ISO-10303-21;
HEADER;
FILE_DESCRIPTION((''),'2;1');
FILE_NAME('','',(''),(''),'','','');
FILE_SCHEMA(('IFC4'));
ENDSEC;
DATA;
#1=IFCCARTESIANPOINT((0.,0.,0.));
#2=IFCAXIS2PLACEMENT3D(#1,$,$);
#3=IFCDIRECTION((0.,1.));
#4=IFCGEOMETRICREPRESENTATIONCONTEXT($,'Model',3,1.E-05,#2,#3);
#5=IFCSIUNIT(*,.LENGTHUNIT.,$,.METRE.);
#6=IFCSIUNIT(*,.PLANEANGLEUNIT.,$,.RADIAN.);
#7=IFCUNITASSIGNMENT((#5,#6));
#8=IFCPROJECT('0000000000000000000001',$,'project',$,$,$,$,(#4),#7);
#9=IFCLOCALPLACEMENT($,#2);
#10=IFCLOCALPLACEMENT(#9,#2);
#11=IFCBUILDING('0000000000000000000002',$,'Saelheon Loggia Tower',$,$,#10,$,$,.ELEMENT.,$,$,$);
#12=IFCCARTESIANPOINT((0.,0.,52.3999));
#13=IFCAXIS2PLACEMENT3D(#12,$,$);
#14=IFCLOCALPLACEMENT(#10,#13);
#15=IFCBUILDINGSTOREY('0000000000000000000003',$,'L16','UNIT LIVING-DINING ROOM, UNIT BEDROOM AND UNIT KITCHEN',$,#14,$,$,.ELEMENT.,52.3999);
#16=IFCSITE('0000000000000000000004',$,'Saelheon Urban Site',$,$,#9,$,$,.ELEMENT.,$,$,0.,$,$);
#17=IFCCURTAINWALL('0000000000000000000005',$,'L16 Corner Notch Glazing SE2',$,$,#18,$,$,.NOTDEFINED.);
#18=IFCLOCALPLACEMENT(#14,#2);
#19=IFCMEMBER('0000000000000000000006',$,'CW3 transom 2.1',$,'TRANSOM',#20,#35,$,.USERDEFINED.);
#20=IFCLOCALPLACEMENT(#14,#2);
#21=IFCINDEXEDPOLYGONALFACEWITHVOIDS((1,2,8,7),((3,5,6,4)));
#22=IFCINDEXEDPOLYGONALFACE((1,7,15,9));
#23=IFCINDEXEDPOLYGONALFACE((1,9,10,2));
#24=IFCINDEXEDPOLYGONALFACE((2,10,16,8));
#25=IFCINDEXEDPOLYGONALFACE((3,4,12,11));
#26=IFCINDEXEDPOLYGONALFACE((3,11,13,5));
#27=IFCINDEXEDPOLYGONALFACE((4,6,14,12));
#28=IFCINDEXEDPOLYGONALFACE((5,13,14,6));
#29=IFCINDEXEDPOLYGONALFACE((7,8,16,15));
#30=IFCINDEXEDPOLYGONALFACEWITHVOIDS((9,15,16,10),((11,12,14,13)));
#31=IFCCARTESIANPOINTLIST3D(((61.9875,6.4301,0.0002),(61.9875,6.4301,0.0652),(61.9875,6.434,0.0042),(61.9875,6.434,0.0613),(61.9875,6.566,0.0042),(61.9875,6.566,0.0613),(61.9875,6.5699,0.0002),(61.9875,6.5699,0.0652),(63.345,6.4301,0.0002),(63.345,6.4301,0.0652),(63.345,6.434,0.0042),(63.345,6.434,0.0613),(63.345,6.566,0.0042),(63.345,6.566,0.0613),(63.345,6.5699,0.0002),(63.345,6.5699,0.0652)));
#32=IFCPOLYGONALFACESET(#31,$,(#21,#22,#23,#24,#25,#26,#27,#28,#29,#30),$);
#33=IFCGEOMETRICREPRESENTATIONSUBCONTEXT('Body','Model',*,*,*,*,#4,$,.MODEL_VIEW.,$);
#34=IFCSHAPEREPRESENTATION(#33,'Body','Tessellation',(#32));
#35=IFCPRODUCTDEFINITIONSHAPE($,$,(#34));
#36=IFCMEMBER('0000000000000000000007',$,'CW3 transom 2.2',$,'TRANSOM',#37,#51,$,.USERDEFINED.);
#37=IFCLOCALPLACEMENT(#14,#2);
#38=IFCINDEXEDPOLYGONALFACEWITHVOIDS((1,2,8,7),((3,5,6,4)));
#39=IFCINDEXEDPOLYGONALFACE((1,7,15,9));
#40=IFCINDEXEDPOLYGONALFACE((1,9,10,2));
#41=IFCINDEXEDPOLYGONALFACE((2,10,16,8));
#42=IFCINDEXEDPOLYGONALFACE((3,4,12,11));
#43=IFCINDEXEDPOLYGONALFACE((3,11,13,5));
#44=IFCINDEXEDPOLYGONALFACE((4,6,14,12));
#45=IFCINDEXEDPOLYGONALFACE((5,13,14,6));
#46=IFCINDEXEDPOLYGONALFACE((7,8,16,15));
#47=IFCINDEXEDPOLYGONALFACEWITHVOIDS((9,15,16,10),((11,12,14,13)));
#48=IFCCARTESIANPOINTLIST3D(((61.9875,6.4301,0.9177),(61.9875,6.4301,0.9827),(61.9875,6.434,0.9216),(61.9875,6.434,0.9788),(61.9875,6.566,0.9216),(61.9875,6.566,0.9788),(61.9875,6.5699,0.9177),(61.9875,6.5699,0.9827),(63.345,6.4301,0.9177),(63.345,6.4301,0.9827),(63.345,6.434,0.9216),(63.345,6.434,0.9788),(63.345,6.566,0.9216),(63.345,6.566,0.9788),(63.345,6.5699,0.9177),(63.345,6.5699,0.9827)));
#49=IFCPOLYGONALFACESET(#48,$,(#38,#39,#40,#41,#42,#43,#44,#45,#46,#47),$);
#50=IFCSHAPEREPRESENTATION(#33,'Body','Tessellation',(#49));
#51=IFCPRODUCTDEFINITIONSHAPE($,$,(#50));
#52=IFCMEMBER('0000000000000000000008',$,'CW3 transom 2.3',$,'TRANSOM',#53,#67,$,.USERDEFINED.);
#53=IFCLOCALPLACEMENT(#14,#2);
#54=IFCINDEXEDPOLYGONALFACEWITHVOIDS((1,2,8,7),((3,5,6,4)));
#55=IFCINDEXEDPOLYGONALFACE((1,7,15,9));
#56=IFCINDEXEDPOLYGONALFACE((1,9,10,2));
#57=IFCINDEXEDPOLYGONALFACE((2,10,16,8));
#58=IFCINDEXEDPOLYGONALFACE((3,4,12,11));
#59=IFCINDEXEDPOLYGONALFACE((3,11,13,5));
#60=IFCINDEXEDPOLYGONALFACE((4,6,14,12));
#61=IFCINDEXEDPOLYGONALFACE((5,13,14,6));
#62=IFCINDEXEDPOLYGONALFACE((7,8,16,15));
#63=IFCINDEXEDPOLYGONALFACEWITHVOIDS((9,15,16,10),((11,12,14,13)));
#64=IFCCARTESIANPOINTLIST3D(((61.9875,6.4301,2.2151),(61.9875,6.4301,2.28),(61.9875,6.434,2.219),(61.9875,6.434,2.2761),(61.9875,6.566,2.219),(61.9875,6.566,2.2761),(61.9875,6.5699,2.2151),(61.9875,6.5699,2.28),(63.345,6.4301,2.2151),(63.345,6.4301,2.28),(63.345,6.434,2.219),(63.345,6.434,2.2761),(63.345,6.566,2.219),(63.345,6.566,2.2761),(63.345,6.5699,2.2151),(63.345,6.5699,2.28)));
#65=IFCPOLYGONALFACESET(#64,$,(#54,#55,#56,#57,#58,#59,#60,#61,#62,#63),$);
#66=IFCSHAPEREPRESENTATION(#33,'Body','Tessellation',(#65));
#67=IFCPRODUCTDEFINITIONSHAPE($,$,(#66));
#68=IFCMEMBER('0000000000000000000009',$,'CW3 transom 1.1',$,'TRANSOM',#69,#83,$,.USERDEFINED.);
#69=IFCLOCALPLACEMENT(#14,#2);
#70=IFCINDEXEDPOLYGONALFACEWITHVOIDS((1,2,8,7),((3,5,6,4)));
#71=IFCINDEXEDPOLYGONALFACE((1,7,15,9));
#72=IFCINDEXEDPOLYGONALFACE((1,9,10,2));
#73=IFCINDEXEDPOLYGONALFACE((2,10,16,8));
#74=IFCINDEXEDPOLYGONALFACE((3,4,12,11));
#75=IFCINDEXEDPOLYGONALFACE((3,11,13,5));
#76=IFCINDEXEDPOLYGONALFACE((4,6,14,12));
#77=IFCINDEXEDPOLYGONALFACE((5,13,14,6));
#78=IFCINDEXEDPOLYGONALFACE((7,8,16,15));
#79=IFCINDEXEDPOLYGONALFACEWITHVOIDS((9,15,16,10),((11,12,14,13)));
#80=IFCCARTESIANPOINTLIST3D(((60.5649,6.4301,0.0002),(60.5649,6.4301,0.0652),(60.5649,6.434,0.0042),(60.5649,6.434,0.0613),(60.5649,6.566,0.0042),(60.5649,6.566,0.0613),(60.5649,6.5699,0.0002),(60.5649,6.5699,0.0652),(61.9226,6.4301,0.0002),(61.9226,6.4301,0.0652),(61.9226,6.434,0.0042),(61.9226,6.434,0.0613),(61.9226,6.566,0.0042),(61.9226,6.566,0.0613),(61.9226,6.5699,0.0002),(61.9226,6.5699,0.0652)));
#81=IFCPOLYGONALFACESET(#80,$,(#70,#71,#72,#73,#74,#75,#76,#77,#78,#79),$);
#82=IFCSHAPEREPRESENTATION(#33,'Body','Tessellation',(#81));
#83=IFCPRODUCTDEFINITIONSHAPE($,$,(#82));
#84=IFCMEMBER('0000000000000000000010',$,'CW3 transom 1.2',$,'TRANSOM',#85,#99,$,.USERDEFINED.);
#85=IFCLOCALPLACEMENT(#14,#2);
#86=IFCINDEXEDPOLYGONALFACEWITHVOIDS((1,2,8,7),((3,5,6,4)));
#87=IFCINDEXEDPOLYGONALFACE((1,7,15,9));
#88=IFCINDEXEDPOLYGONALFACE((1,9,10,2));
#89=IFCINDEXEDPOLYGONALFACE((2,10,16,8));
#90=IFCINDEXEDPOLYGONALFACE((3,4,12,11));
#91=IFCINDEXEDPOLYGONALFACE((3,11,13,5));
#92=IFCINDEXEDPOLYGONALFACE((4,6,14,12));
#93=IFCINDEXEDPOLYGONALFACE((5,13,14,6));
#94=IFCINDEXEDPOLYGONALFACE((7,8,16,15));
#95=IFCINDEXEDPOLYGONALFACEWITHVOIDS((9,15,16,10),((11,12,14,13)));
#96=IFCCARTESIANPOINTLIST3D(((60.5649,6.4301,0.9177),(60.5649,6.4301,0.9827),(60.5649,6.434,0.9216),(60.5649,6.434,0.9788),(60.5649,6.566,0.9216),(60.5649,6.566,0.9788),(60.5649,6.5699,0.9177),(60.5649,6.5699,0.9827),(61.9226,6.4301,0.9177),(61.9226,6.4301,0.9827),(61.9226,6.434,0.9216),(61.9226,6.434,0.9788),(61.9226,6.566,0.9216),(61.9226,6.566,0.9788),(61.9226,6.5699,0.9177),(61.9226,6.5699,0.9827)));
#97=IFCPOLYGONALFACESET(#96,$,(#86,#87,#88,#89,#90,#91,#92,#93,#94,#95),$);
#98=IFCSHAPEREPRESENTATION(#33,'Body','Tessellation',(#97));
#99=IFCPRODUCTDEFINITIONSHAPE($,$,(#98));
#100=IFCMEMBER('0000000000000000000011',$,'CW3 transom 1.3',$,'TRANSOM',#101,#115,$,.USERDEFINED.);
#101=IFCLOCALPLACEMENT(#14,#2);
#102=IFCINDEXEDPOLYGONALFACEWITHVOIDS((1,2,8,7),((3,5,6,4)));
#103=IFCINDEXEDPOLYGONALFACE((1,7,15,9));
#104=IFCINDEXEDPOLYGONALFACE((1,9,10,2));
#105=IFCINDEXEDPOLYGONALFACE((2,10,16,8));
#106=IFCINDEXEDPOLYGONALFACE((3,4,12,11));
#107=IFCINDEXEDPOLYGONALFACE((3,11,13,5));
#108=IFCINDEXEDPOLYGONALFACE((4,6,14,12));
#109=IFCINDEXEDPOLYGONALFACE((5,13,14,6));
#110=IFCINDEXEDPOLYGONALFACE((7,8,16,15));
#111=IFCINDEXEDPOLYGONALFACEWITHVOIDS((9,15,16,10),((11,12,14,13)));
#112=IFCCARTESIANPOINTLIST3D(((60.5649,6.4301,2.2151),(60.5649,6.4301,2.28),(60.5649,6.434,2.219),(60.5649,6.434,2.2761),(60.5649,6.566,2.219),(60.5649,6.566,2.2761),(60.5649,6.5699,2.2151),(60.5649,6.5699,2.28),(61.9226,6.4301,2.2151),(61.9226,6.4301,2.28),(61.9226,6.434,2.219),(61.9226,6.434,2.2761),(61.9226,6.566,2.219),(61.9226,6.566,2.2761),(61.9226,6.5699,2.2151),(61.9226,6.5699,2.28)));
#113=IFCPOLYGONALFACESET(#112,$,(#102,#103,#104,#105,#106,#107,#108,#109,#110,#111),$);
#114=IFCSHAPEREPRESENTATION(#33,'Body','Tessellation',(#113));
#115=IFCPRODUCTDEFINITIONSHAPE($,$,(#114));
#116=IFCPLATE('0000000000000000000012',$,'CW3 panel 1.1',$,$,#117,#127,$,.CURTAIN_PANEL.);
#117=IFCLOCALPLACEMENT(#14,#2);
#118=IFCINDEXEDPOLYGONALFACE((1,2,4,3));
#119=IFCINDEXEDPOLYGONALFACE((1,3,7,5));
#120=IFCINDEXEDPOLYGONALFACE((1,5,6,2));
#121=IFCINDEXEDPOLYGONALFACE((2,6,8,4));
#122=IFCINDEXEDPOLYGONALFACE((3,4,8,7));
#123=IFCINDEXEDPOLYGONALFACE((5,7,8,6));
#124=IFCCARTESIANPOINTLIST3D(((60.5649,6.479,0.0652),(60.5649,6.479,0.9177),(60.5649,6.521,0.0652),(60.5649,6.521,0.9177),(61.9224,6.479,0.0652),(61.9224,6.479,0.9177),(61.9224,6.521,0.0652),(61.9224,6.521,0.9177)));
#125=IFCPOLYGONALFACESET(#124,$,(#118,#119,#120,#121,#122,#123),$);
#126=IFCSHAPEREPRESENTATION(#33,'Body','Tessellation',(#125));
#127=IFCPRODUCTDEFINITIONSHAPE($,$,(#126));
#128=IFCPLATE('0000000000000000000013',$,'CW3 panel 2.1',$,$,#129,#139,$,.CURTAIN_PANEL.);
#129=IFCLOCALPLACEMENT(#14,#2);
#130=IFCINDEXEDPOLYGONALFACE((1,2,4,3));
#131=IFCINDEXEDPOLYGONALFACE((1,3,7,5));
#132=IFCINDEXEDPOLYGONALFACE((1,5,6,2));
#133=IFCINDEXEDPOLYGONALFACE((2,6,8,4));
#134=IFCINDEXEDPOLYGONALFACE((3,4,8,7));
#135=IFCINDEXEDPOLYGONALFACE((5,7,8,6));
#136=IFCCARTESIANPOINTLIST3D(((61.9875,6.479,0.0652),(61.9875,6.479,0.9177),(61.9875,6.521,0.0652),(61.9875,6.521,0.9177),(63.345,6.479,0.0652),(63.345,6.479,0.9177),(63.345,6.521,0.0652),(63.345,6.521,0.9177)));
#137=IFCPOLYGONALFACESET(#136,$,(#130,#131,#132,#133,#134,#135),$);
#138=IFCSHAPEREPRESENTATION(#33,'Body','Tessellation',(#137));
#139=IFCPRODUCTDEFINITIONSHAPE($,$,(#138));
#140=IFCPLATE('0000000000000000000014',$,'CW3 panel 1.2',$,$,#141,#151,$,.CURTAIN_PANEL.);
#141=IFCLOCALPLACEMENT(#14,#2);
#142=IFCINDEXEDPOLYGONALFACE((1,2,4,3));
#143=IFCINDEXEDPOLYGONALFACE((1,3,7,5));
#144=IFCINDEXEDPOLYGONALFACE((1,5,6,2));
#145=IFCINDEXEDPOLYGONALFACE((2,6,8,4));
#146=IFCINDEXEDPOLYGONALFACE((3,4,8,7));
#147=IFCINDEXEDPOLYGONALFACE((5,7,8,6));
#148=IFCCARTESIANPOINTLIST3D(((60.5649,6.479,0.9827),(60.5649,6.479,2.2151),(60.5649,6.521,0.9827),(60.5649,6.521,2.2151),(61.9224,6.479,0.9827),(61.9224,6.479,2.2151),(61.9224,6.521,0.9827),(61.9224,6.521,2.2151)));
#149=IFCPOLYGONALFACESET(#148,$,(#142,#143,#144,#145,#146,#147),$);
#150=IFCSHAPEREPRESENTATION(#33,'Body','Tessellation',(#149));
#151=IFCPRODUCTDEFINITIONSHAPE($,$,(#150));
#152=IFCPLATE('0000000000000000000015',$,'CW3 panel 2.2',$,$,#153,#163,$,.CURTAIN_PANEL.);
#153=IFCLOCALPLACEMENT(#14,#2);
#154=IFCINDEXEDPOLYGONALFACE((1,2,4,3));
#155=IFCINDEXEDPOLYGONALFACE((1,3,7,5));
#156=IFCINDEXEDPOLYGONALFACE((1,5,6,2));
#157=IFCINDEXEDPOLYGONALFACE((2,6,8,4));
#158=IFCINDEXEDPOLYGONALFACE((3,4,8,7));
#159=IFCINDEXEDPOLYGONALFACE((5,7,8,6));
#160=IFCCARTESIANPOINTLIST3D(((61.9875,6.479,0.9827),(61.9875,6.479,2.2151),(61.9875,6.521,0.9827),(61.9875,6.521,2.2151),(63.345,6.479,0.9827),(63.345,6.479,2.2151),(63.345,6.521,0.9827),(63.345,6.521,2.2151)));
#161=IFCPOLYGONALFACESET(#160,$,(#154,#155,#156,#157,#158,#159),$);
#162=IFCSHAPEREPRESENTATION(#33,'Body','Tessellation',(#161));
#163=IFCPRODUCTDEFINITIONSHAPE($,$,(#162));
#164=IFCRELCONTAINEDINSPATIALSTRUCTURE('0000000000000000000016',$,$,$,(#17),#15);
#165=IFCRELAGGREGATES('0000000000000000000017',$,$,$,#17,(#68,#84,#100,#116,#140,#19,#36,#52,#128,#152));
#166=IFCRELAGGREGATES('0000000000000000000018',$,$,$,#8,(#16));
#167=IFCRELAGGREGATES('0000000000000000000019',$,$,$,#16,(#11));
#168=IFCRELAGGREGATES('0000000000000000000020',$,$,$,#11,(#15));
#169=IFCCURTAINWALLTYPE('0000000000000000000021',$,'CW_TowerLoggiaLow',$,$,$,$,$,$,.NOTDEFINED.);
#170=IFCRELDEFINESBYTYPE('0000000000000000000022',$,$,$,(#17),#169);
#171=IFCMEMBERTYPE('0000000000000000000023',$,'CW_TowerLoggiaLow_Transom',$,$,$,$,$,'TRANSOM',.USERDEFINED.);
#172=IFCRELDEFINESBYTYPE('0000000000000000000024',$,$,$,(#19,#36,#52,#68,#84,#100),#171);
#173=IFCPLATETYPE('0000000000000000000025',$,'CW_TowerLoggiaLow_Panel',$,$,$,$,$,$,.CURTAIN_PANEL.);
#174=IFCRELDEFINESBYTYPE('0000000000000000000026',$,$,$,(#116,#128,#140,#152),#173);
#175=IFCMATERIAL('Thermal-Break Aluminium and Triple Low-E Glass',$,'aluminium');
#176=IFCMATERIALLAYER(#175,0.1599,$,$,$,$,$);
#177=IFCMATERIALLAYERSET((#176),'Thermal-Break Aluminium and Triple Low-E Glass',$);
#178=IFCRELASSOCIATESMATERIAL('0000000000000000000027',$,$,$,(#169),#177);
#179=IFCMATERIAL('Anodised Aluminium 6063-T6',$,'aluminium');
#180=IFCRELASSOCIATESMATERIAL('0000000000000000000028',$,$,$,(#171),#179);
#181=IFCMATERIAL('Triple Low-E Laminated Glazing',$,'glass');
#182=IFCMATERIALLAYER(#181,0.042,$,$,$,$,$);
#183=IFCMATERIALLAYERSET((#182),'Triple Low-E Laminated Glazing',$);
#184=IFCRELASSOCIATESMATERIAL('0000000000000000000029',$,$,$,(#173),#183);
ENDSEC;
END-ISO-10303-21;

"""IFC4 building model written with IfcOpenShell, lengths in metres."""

from ifc_helpers import new_model, si_unit, direction, frame, origin, origin_2d, place, context, subcontext, project, spatial, rectangle, hollow_rectangle, extrude, source, transform, mapped, material, layer, layer_set, material_profile, profile_set, type_object, element, aggregate, save


model = new_model("IFC4")

# Units and contexts
model_context = context("Model", 3, precision=1e-05, world=origin(), true_north=direction((0.0, 1.0)))
body_context = subcontext(model_context, "Body", "Model", "MODEL_VIEW")
ifc_project = project(units=[si_unit("LENGTHUNIT", "METRE"), si_unit("PLANEANGLEUNIT", "RADIAN")], contexts=[model_context])

# Site, building, storey
site_placement = place(None, origin())
site = spatial("IfcSite", under=ifc_project, at=site_placement, Name="Saelheon Urban Site", CompositionType="ELEMENT", RefElevation=0.0)
building_placement = place(site_placement, origin())
building = spatial("IfcBuilding", under=site, at=building_placement, Name="Saelheon Loggia Tower", CompositionType="ELEMENT")
storey_placement = place(building_placement, frame((0.0, 0.0, 52.3999)))
storey = spatial("IfcBuildingStorey", under=building, at=storey_placement, Name="L16", Description="UNIT LIVING-DINING ROOM, UNIT BEDROOM AND UNIT KITCHEN", CompositionType="ELEMENT", Elevation=52.3999)

# Shared definitions
ifc_material_1 = material(Name="Thermal-Break Aluminium and Triple Low-E Glass", Category="aluminium")
ifc_layer_1 = layer(ifc_material_1, 0.1599)
ifc_layer_set_1 = layer_set([ifc_layer_1], Name="Thermal-Break Aluminium and Triple Low-E Glass")
curtain_wall_type = type_object("IfcCurtainWallType", Name="CW_TowerLoggiaLow", PredefinedType="NOTDEFINED", material=ifc_layer_set_1)
ifc_material_2 = material(Name="Anodised Aluminium 6063-T6", Category="aluminium")

# Curtain wall, members, plates
curtain_wall_1_placement = place(storey_placement, origin())
curtain_wall_1 = element("IfcCurtainWall", 1, at=curtain_wall_1_placement, inside=storey, type_object=curtain_wall_type, Name="L16 Corner Notch Glazing SE2", PredefinedType="NOTDEFINED")
ifc_material_profile_1 = material_profile(ifc_material_2, hollow_rectangle(XDim=0.0649, YDim=0.1399, WallThickness=0.0039, at=origin_2d()), Name="RHS-140x65x4")
ifc_profile_set_1 = profile_set([ifc_material_profile_1], Name="Anodised Aluminium 6063-T6")
member_type_1 = type_object("IfcMemberType", Name="CW_TowerLoggiaLow_Transom", ElementType="TRANSOM", PredefinedType="USERDEFINED", material=ifc_profile_set_1)
shared_shape_1 = source(origin(), body_context, "Body", "SweptSolid", [
    extrude(hollow_rectangle(XDim=0.0649, YDim=0.1399, WallThickness=0.0039, at=origin_2d()), origin(), (0.0, 0.0, 1.0), 1.3574),
])
member_1_placement = place(storey_placement, frame((61.9875, 6.5, 0.0327), z_axis=(1.0, 0.0, 0.0), x_axis=(0.0, 0.0, 1.0)))
member_1 = element("IfcMember", 2, at=member_1_placement, type_object=member_type_1, Name="CW3 transom 2.1", ObjectType="TRANSOM", PredefinedType="USERDEFINED", context=body_context, shape_type="MappedRepresentation", body=[
    mapped(shared_shape_1, transform((0.0, 0.0, 0.0), scale=1.0)),
])
member_2_placement = place(storey_placement, frame((61.9875, 6.5, 0.9502), z_axis=(1.0, 0.0, 0.0), x_axis=(0.0, 0.0, 1.0)))
member_2 = element("IfcMember", 3, at=member_2_placement, type_object=member_type_1, Name="CW3 transom 2.2", ObjectType="TRANSOM", PredefinedType="USERDEFINED", context=body_context, shape_type="MappedRepresentation", body=[
    mapped(shared_shape_1, transform((0.0, 0.0, 0.0), scale=1.0)),
])
member_3_placement = place(storey_placement, frame((61.9875, 6.5, 2.2476), z_axis=(1.0, 0.0, 0.0), x_axis=(0.0, 0.0, 1.0)))
member_3 = element("IfcMember", 4, at=member_3_placement, type_object=member_type_1, Name="CW3 transom 2.3", ObjectType="TRANSOM", PredefinedType="USERDEFINED", context=body_context, shape_type="MappedRepresentation", body=[
    mapped(shared_shape_1, transform((0.0, 0.0, 0.0), scale=1.0)),
])
shared_shape_2 = source(origin(), body_context, "Body", "SweptSolid", [
    extrude(hollow_rectangle(XDim=0.0649, YDim=0.1399, WallThickness=0.0039, at=origin_2d()), origin(), (0.0, 0.0, 1.0), 1.3577),
])
member_4_placement = place(storey_placement, frame((60.5649, 6.5, 0.0327), z_axis=(1.0, 0.0, 0.0), x_axis=(0.0, 0.0, 1.0)))
member_4 = element("IfcMember", 5, at=member_4_placement, type_object=member_type_1, Name="CW3 transom 1.1", ObjectType="TRANSOM", PredefinedType="USERDEFINED", context=body_context, shape_type="MappedRepresentation", body=[
    mapped(shared_shape_2, transform((0.0, 0.0, 0.0), scale=1.0)),
])
member_5_placement = place(storey_placement, frame((60.5649, 6.5, 0.9502), z_axis=(1.0, 0.0, 0.0), x_axis=(0.0, 0.0, 1.0)))
member_5 = element("IfcMember", 6, at=member_5_placement, type_object=member_type_1, Name="CW3 transom 1.2", ObjectType="TRANSOM", PredefinedType="USERDEFINED", context=body_context, shape_type="MappedRepresentation", body=[
    mapped(shared_shape_2, transform((0.0, 0.0, 0.0), scale=1.0)),
])
member_6_placement = place(storey_placement, frame((60.5649, 6.5, 2.2476), z_axis=(1.0, 0.0, 0.0), x_axis=(0.0, 0.0, 1.0)))
member_6 = element("IfcMember", 7, at=member_6_placement, type_object=member_type_1, Name="CW3 transom 1.3", ObjectType="TRANSOM", PredefinedType="USERDEFINED", context=body_context, shape_type="MappedRepresentation", body=[
    mapped(shared_shape_2, transform((0.0, 0.0, 0.0), scale=1.0)),
])
ifc_material_3 = material(Name="Triple Low-E Laminated Glazing", Category="glass")
ifc_layer_2 = layer(ifc_material_3, 0.042)
ifc_layer_set_2 = layer_set([ifc_layer_2], Name="Triple Low-E Laminated Glazing")
plate_type = type_object("IfcPlateType", Name="CW_TowerLoggiaLow_Panel", PredefinedType="CURTAIN_PANEL", material=ifc_layer_set_2)
shared_shape_3 = source(origin(), body_context, "Body", "SweptSolid", [
    extrude(rectangle(XDim=1.3574, YDim=0.042, at=origin_2d()), origin(), (0.0, 0.0, 1.0), 0.8525),
])
plate_1_placement = place(storey_placement, frame((61.2437, 6.5, 0.0652), z_axis=(0.0, 0.0, 1.0), x_axis=(1.0, 0.0, 0.0)))
plate_1 = element("IfcPlate", 8, at=plate_1_placement, type_object=plate_type, Name="CW3 panel 1.1", PredefinedType="CURTAIN_PANEL", context=body_context, shape_type="MappedRepresentation", body=[
    mapped(shared_shape_3, transform((0.0, 0.0, 0.0), scale=1.0)),
])
plate_2_placement = place(storey_placement, frame((62.6663, 6.5, 0.0652), z_axis=(0.0, 0.0, 1.0), x_axis=(1.0, 0.0, 0.0)))
plate_2 = element("IfcPlate", 9, at=plate_2_placement, type_object=plate_type, Name="CW3 panel 2.1", PredefinedType="CURTAIN_PANEL", context=body_context, shape_type="MappedRepresentation", body=[
    mapped(shared_shape_3, transform((0.0, 0.0, 0.0), scale=1.0)),
])
shared_shape_4 = source(origin(), body_context, "Body", "SweptSolid", [
    extrude(rectangle(XDim=1.3574, YDim=0.042, at=origin_2d()), origin(), (0.0, 0.0, 1.0), 1.2324),
])
plate_3_placement = place(storey_placement, frame((61.2437, 6.5, 0.9827), z_axis=(0.0, 0.0, 1.0), x_axis=(1.0, 0.0, 0.0)))
plate_3 = element("IfcPlate", 10, at=plate_3_placement, type_object=plate_type, Name="CW3 panel 1.2", PredefinedType="CURTAIN_PANEL", context=body_context, shape_type="MappedRepresentation", body=[
    mapped(shared_shape_4, transform((0.0, 0.0, 0.0), scale=1.0)),
])
plate_4_placement = place(storey_placement, frame((62.6663, 6.5, 0.9827), z_axis=(0.0, 0.0, 1.0), x_axis=(1.0, 0.0, 0.0)))
plate_4 = element("IfcPlate", 11, at=plate_4_placement, type_object=plate_type, Name="CW3 panel 2.2", PredefinedType="CURTAIN_PANEL", context=body_context, shape_type="MappedRepresentation", body=[
    mapped(shared_shape_4, transform((0.0, 0.0, 0.0), scale=1.0)),
])
aggregate(curtain_wall_1, [member_4, member_5, member_6, plate_1, plate_3, member_1, member_2, member_3, plate_2, plate_4])

save(model, "model.ifc")
